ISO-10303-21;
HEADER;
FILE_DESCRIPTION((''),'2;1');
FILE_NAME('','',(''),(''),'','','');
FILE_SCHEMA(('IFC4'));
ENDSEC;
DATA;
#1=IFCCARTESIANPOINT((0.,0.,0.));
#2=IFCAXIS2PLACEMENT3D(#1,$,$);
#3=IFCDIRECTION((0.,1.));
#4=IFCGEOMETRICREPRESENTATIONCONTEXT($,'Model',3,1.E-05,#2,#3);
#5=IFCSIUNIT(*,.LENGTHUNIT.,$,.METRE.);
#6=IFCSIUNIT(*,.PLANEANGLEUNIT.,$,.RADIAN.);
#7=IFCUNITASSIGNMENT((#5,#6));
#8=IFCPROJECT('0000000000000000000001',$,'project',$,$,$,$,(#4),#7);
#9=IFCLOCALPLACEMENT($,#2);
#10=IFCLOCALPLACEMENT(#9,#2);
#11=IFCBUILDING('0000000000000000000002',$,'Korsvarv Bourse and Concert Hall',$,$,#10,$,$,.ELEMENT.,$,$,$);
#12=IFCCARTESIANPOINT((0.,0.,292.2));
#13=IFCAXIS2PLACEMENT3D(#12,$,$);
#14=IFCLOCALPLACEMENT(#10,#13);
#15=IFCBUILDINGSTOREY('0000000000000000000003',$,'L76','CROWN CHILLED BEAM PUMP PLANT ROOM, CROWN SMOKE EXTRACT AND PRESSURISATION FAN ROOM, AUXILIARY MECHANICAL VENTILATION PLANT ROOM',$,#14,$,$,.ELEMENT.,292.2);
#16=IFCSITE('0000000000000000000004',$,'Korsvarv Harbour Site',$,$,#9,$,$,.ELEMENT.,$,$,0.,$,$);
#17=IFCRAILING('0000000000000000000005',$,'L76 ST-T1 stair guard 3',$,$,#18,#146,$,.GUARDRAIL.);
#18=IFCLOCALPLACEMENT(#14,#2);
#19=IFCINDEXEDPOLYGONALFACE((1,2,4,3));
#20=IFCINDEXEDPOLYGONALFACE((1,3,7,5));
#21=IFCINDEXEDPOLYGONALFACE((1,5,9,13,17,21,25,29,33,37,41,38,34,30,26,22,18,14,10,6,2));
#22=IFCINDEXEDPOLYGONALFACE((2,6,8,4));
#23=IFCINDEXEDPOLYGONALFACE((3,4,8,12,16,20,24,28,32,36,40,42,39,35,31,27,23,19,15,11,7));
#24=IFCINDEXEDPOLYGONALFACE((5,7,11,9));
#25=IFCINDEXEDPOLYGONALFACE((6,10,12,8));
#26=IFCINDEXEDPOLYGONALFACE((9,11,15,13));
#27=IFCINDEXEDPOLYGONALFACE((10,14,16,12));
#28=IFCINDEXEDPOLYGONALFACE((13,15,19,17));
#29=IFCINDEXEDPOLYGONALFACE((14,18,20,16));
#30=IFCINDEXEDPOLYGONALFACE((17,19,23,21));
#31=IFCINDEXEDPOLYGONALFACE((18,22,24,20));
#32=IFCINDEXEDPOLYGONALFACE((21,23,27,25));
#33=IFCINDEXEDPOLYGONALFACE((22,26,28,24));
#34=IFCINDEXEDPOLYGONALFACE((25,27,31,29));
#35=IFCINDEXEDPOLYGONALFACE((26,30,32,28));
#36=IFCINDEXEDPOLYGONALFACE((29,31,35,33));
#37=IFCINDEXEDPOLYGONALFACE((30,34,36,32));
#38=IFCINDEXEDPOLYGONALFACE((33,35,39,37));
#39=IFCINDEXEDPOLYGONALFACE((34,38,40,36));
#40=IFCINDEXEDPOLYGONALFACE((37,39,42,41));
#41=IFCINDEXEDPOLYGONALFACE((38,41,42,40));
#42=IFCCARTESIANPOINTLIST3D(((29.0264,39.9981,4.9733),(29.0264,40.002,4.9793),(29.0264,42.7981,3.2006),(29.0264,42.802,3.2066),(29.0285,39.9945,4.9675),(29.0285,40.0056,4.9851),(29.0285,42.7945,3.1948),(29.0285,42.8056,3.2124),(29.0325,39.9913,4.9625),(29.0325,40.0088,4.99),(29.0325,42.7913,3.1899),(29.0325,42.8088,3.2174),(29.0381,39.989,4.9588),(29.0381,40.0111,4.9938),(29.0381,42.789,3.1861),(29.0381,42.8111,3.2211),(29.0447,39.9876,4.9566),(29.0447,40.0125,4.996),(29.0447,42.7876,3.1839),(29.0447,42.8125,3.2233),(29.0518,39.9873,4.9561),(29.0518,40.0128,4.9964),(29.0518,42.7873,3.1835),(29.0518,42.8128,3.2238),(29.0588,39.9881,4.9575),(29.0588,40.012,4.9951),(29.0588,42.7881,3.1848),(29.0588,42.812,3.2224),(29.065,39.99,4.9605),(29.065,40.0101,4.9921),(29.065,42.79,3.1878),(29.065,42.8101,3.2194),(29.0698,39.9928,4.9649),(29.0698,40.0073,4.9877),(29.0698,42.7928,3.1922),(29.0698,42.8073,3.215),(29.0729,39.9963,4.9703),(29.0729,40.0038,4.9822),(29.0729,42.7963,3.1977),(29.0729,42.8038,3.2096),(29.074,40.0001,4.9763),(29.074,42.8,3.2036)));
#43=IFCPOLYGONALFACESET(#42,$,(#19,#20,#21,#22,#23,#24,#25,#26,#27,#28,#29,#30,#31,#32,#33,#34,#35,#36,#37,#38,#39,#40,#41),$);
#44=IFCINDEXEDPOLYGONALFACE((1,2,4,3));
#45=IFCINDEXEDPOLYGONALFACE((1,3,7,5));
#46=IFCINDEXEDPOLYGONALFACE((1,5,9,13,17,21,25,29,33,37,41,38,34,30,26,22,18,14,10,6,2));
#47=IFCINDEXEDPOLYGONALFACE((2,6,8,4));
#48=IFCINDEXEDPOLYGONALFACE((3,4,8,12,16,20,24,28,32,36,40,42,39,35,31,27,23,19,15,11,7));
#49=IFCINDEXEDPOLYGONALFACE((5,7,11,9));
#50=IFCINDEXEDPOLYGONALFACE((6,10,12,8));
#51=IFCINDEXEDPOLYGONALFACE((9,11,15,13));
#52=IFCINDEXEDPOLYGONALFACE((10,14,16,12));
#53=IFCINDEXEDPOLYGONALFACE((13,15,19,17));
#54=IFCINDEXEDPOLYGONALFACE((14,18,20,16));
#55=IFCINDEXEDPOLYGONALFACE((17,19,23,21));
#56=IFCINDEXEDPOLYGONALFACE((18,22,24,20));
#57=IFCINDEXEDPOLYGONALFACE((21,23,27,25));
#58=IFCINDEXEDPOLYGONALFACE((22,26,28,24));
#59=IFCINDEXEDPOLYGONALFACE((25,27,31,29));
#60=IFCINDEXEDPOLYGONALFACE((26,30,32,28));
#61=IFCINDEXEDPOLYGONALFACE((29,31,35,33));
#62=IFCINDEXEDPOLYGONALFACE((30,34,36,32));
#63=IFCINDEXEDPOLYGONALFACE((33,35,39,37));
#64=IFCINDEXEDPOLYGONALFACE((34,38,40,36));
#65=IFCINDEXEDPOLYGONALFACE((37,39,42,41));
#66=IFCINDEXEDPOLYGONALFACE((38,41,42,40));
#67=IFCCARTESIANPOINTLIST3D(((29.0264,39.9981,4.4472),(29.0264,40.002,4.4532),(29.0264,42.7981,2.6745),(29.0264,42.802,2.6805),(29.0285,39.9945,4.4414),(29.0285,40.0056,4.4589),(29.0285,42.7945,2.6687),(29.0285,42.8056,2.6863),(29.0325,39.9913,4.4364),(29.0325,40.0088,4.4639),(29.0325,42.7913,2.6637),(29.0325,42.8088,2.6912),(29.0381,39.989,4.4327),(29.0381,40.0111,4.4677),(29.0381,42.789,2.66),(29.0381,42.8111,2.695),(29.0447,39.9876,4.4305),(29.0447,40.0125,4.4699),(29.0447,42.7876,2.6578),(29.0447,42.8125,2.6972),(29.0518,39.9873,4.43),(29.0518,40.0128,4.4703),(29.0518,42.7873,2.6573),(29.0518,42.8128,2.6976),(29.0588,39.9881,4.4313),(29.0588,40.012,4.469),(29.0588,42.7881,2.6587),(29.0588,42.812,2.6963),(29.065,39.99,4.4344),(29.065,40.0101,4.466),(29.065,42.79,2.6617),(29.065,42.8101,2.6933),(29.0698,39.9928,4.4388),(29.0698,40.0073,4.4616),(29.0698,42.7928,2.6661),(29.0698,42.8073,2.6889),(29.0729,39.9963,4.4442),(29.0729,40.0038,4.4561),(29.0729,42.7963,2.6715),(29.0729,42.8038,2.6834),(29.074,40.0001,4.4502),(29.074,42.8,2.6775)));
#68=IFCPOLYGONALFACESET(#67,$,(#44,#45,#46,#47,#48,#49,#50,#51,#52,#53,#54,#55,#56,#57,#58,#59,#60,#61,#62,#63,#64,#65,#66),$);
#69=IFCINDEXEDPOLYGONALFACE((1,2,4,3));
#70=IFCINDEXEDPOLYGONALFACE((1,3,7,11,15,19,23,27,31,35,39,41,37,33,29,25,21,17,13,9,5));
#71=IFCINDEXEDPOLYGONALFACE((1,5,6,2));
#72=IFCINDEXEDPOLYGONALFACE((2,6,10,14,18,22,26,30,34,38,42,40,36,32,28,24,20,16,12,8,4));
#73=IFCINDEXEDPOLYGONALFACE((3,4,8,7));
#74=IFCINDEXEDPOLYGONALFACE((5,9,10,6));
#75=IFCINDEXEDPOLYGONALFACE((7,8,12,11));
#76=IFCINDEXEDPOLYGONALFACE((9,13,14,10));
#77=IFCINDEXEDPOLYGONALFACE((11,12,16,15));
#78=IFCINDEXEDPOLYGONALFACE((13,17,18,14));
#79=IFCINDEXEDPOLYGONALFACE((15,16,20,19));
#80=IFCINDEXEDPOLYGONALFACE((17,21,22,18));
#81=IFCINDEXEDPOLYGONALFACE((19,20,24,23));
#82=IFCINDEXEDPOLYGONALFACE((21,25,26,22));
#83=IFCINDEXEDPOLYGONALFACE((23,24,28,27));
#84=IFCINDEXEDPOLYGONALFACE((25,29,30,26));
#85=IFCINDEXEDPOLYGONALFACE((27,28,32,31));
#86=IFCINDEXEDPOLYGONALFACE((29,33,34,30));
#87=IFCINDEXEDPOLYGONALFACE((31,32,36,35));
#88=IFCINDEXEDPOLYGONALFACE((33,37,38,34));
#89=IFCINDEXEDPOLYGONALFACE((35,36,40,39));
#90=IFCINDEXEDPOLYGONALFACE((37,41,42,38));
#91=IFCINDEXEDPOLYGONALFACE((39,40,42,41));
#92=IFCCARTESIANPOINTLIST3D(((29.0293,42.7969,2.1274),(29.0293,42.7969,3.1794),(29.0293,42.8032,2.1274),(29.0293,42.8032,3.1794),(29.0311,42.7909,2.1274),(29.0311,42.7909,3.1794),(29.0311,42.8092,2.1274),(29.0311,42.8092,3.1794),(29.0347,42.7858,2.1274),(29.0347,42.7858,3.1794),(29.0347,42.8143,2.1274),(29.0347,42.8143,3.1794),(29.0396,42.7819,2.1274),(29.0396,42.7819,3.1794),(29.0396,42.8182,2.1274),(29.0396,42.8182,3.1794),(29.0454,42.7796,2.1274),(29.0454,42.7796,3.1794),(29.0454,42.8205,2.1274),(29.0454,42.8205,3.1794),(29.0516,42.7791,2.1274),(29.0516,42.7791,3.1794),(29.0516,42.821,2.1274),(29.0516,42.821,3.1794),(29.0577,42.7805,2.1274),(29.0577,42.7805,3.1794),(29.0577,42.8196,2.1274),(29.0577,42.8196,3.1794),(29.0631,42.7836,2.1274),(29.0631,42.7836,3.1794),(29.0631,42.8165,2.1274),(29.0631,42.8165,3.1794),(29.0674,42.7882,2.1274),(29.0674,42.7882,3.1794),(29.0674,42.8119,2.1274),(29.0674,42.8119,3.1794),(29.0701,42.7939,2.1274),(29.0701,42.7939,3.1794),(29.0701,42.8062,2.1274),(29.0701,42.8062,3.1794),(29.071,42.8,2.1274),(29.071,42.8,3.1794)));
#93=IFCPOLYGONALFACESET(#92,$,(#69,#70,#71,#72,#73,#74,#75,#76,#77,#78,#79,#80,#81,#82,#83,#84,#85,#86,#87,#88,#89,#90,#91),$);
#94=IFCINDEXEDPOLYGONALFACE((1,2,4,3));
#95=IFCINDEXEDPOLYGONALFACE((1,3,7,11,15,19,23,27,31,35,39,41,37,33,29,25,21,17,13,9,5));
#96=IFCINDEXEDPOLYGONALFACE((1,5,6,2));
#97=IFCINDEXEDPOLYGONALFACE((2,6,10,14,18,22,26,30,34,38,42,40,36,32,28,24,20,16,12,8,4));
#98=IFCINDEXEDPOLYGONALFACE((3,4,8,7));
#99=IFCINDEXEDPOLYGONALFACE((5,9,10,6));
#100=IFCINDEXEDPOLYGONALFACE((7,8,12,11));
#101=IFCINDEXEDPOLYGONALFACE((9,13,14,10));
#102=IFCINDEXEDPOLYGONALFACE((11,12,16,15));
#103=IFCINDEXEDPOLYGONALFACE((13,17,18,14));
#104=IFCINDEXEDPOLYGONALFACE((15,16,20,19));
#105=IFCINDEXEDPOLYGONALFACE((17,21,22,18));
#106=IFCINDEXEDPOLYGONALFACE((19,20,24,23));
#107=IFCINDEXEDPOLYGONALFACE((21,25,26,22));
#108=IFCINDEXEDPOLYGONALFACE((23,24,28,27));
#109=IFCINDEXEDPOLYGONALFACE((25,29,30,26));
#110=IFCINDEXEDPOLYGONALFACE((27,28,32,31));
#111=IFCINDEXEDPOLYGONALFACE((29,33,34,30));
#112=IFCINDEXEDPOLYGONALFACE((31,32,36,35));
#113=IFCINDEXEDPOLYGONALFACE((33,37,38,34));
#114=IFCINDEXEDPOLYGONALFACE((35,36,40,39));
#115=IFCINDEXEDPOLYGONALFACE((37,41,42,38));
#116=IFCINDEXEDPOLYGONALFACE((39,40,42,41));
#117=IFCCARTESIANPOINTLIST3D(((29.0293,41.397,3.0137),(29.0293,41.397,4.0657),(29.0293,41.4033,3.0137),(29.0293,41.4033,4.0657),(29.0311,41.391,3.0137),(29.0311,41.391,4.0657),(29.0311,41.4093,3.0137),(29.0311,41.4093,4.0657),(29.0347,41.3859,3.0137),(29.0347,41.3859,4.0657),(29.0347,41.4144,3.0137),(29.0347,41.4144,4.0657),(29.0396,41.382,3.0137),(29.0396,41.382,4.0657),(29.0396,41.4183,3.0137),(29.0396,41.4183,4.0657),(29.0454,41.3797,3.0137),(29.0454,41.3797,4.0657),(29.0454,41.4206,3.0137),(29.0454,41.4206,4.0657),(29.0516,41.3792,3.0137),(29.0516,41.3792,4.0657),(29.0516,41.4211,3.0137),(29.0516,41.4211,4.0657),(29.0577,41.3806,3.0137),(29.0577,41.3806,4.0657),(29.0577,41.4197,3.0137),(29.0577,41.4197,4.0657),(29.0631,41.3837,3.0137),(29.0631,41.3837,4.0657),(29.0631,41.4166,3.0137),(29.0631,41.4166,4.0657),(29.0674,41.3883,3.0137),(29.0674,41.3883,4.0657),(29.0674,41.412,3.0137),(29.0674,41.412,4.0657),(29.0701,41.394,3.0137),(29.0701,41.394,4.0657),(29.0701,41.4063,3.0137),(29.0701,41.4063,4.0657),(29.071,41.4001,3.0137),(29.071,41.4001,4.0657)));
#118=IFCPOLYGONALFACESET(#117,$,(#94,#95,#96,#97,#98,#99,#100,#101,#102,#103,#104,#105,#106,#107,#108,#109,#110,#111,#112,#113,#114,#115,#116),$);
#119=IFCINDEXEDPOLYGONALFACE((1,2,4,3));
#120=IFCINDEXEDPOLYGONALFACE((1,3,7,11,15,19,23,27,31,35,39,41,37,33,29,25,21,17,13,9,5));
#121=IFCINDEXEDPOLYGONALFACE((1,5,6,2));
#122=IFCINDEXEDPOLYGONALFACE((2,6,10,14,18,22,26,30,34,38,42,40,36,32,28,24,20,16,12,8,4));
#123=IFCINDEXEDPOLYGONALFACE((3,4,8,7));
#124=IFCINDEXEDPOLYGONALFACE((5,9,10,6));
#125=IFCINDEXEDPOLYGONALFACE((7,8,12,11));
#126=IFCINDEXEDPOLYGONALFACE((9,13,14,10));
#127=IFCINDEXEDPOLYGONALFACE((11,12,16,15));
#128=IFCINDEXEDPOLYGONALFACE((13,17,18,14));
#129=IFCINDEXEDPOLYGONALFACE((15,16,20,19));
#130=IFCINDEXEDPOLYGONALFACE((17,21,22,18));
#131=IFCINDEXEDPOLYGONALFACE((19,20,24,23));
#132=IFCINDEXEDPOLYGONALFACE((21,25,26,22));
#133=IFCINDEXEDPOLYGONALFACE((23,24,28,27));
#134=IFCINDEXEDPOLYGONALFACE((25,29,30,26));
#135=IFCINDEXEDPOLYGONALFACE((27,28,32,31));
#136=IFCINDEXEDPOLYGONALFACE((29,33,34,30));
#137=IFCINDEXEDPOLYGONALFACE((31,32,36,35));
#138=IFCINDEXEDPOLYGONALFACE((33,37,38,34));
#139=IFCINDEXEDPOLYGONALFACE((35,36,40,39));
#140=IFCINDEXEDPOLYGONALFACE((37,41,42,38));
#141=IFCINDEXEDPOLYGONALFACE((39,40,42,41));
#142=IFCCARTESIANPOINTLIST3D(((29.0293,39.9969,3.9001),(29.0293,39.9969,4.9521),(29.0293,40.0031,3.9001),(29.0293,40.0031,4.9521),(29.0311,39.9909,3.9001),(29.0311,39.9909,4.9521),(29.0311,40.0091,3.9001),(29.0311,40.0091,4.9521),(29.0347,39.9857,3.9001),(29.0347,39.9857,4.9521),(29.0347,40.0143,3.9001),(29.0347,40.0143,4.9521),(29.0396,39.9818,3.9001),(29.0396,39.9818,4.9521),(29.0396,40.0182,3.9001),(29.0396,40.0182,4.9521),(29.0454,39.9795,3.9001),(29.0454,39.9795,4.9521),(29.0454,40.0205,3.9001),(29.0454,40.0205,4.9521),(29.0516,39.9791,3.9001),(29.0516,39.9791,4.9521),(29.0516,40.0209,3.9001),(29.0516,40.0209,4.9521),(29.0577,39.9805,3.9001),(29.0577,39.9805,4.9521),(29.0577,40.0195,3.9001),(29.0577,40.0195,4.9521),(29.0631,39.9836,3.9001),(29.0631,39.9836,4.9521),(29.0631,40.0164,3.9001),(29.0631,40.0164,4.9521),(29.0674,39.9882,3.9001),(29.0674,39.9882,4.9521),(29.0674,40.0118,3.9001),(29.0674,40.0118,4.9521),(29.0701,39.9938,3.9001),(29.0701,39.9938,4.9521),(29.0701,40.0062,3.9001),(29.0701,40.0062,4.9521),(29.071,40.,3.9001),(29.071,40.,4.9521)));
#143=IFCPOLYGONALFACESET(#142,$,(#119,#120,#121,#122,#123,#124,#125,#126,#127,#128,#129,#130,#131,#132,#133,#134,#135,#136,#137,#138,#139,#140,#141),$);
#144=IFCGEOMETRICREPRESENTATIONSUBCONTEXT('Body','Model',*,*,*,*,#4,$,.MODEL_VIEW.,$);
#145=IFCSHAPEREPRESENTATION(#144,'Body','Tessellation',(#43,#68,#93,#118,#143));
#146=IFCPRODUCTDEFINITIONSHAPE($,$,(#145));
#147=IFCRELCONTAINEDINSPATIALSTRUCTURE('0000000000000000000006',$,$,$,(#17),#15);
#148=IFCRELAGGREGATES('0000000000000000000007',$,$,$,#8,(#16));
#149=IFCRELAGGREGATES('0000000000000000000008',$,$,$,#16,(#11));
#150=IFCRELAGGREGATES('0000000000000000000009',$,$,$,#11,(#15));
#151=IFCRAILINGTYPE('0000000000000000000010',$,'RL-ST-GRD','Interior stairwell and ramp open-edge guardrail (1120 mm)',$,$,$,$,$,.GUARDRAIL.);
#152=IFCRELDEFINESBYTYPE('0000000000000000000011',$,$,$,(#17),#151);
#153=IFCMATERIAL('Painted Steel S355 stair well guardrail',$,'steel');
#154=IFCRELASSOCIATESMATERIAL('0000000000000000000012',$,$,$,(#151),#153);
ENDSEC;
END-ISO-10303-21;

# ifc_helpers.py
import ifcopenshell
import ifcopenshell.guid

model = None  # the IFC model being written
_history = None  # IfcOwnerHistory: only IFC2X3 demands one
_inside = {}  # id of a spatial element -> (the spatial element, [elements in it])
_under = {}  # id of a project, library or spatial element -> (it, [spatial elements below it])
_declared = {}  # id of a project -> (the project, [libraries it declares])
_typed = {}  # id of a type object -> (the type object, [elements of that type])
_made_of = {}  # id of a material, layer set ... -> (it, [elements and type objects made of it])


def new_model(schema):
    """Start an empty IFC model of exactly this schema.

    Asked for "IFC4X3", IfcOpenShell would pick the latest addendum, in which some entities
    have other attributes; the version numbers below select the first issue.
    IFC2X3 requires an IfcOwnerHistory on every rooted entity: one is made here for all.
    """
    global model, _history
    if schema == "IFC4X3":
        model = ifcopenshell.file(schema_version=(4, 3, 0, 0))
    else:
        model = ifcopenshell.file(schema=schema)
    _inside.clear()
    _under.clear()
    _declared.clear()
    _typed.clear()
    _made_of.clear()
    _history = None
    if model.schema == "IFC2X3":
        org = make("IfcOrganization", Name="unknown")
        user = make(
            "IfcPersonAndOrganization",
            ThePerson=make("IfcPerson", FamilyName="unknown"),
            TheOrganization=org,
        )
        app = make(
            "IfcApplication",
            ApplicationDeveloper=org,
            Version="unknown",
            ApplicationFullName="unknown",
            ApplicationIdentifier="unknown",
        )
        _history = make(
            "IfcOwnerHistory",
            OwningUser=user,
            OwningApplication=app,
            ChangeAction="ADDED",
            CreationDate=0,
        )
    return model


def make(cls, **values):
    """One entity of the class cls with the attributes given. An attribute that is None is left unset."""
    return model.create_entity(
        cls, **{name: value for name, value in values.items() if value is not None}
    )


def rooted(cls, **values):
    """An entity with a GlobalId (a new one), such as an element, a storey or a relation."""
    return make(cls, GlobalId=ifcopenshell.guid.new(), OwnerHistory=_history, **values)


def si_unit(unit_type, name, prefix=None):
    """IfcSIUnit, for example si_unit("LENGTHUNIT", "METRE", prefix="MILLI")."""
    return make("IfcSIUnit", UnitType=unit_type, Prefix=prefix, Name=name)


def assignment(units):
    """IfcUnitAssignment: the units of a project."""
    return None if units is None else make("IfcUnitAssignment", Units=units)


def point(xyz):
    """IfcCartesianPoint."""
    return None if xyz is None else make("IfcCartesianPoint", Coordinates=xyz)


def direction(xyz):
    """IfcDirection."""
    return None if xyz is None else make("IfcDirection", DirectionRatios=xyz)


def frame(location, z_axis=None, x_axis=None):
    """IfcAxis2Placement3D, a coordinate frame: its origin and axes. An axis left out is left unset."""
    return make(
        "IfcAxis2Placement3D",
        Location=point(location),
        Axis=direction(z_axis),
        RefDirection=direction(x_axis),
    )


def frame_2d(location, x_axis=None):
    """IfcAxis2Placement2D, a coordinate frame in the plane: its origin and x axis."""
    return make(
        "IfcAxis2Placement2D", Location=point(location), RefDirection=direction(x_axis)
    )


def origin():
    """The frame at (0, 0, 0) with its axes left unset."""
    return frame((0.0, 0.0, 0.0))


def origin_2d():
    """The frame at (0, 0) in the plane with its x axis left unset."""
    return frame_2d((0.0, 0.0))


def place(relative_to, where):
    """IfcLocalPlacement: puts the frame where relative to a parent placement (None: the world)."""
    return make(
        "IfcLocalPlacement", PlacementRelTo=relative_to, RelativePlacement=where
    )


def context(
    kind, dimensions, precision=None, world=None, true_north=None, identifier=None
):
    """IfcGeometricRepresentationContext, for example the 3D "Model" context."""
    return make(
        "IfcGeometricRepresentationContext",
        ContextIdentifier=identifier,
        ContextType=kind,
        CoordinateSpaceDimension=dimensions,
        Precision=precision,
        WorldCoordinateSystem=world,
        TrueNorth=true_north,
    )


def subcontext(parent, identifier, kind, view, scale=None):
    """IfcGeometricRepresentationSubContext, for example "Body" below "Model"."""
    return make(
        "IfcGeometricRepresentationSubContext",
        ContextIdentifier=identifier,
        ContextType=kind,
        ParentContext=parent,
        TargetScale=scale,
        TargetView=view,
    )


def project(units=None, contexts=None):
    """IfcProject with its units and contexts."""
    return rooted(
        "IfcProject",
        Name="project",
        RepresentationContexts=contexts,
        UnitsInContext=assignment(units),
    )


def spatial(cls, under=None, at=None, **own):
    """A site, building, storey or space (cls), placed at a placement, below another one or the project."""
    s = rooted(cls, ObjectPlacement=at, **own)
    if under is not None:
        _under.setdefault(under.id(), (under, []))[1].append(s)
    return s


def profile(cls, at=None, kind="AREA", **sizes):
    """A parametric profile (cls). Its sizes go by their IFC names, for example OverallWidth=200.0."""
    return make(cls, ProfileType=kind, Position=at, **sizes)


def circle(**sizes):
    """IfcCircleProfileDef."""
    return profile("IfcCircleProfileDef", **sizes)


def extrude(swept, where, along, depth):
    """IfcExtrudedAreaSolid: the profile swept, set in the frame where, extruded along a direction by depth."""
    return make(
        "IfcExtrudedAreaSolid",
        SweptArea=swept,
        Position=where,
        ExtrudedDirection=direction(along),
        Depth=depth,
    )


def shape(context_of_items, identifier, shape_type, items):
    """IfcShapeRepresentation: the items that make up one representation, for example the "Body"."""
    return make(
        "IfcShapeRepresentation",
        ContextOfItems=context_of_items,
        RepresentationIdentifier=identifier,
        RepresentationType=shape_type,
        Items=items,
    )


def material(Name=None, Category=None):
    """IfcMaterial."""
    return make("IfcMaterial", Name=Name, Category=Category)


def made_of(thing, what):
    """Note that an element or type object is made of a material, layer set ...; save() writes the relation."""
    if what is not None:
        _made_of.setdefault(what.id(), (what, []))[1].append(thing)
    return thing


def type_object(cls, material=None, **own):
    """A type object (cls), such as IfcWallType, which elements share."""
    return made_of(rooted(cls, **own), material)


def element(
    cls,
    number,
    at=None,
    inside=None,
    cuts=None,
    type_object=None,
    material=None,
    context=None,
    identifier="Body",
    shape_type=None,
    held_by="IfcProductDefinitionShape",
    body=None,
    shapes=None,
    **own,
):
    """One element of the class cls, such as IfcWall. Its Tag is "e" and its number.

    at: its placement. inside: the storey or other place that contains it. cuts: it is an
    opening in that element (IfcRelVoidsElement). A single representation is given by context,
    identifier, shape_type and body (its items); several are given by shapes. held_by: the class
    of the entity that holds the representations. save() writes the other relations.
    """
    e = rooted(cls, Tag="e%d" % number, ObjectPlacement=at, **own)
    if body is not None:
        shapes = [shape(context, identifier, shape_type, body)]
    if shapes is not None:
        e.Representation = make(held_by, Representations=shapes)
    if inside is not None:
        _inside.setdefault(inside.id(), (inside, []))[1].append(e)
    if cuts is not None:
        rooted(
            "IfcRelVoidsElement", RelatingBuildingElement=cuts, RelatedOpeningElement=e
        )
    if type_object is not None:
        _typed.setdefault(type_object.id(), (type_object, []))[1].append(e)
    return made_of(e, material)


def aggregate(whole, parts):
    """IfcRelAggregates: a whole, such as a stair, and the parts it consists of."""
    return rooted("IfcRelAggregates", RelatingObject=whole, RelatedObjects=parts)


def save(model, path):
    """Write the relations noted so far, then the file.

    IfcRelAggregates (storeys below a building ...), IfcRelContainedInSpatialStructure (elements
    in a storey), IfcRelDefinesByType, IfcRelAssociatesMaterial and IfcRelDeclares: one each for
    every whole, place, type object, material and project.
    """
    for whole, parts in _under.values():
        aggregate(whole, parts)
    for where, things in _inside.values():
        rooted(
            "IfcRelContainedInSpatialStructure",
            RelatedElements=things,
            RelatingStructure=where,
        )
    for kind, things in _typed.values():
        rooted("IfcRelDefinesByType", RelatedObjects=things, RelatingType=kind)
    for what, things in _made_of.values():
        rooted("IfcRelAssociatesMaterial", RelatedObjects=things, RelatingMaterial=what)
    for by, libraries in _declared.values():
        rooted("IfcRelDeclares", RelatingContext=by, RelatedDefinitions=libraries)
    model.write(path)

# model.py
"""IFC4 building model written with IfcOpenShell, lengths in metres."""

from ifc_helpers import new_model, si_unit, direction, frame, origin, origin_2d, place, context, subcontext, project, spatial, circle, extrude, material, type_object, element, save


model = new_model("IFC4")

# Units and contexts
model_context = context("Model", 3, precision=1e-05, world=origin(), true_north=direction((0.0, 1.0)))
body_context = subcontext(model_context, "Body", "Model", "MODEL_VIEW")
ifc_project = project(units=[si_unit("LENGTHUNIT", "METRE"), si_unit("PLANEANGLEUNIT", "RADIAN")], contexts=[model_context])

# Site, building, storey
site_placement = place(None, origin())
site = spatial("IfcSite", under=ifc_project, at=site_placement, Name="Korsvarv Harbour Site", CompositionType="ELEMENT", RefElevation=0.0)
building_placement = place(site_placement, origin())
building = spatial("IfcBuilding", under=site, at=building_placement, Name="Korsvarv Bourse and Concert Hall", CompositionType="ELEMENT")
storey_placement = place(building_placement, frame((0.0, 0.0, 292.2)))
storey = spatial("IfcBuildingStorey", under=building, at=storey_placement, Name="L76", Description="CROWN CHILLED BEAM PUMP PLANT ROOM, CROWN SMOKE EXTRACT AND PRESSURISATION FAN ROOM, AUXILIARY MECHANICAL VENTILATION PLANT ROOM", CompositionType="ELEMENT", Elevation=292.2)

# Railing
ifc_material_1 = material(Name="Painted Steel S355 stair well guardrail", Category="steel")
railing_type_1 = type_object("IfcRailingType", Name="RL-ST-GRD", Description="Interior stairwell and ramp open-edge guardrail (1120 mm)", PredefinedType="GUARDRAIL", material=ifc_material_1)
railing_1_placement = place(storey_placement, frame((29.05, 42.8, 2.1274)))
element("IfcRailing", 1, at=railing_1_placement, inside=storey, type_object=railing_type_1, Name="L76 ST-T1 stair guard 3", PredefinedType="GUARDRAIL", context=body_context, shape_type="SweptSolid", body=[
    extrude(circle(Radius=0.0239, at=origin_2d()), frame((0.0, 0.0, 1.0762), z_axis=(0.0, -0.844909, 0.53491), x_axis=(1.0, 0.0, 0.0)), (0.0, 0.0, 1.0), 3.314),
    extrude(circle(Radius=0.0239, at=origin_2d()), frame((0.0, 0.0, 0.55), z_axis=(0.0, -0.844909, 0.53491), x_axis=(1.0, 0.0, 0.0)), (0.0, 0.0, 1.0), 3.314),
    extrude(circle(Radius=0.021, at=origin_2d()), origin(), (0.0, 0.0, 1.0), 1.052),
    extrude(circle(Radius=0.021, at=origin_2d()), frame((0.0, -1.3999, 0.8862)), (0.0, 0.0, 1.0), 1.052),
    extrude(circle(Radius=0.021, at=origin_2d()), frame((0.0, -2.8, 1.7727)), (0.0, 0.0, 1.0), 1.052),
])

save(model, "model.ifc")
